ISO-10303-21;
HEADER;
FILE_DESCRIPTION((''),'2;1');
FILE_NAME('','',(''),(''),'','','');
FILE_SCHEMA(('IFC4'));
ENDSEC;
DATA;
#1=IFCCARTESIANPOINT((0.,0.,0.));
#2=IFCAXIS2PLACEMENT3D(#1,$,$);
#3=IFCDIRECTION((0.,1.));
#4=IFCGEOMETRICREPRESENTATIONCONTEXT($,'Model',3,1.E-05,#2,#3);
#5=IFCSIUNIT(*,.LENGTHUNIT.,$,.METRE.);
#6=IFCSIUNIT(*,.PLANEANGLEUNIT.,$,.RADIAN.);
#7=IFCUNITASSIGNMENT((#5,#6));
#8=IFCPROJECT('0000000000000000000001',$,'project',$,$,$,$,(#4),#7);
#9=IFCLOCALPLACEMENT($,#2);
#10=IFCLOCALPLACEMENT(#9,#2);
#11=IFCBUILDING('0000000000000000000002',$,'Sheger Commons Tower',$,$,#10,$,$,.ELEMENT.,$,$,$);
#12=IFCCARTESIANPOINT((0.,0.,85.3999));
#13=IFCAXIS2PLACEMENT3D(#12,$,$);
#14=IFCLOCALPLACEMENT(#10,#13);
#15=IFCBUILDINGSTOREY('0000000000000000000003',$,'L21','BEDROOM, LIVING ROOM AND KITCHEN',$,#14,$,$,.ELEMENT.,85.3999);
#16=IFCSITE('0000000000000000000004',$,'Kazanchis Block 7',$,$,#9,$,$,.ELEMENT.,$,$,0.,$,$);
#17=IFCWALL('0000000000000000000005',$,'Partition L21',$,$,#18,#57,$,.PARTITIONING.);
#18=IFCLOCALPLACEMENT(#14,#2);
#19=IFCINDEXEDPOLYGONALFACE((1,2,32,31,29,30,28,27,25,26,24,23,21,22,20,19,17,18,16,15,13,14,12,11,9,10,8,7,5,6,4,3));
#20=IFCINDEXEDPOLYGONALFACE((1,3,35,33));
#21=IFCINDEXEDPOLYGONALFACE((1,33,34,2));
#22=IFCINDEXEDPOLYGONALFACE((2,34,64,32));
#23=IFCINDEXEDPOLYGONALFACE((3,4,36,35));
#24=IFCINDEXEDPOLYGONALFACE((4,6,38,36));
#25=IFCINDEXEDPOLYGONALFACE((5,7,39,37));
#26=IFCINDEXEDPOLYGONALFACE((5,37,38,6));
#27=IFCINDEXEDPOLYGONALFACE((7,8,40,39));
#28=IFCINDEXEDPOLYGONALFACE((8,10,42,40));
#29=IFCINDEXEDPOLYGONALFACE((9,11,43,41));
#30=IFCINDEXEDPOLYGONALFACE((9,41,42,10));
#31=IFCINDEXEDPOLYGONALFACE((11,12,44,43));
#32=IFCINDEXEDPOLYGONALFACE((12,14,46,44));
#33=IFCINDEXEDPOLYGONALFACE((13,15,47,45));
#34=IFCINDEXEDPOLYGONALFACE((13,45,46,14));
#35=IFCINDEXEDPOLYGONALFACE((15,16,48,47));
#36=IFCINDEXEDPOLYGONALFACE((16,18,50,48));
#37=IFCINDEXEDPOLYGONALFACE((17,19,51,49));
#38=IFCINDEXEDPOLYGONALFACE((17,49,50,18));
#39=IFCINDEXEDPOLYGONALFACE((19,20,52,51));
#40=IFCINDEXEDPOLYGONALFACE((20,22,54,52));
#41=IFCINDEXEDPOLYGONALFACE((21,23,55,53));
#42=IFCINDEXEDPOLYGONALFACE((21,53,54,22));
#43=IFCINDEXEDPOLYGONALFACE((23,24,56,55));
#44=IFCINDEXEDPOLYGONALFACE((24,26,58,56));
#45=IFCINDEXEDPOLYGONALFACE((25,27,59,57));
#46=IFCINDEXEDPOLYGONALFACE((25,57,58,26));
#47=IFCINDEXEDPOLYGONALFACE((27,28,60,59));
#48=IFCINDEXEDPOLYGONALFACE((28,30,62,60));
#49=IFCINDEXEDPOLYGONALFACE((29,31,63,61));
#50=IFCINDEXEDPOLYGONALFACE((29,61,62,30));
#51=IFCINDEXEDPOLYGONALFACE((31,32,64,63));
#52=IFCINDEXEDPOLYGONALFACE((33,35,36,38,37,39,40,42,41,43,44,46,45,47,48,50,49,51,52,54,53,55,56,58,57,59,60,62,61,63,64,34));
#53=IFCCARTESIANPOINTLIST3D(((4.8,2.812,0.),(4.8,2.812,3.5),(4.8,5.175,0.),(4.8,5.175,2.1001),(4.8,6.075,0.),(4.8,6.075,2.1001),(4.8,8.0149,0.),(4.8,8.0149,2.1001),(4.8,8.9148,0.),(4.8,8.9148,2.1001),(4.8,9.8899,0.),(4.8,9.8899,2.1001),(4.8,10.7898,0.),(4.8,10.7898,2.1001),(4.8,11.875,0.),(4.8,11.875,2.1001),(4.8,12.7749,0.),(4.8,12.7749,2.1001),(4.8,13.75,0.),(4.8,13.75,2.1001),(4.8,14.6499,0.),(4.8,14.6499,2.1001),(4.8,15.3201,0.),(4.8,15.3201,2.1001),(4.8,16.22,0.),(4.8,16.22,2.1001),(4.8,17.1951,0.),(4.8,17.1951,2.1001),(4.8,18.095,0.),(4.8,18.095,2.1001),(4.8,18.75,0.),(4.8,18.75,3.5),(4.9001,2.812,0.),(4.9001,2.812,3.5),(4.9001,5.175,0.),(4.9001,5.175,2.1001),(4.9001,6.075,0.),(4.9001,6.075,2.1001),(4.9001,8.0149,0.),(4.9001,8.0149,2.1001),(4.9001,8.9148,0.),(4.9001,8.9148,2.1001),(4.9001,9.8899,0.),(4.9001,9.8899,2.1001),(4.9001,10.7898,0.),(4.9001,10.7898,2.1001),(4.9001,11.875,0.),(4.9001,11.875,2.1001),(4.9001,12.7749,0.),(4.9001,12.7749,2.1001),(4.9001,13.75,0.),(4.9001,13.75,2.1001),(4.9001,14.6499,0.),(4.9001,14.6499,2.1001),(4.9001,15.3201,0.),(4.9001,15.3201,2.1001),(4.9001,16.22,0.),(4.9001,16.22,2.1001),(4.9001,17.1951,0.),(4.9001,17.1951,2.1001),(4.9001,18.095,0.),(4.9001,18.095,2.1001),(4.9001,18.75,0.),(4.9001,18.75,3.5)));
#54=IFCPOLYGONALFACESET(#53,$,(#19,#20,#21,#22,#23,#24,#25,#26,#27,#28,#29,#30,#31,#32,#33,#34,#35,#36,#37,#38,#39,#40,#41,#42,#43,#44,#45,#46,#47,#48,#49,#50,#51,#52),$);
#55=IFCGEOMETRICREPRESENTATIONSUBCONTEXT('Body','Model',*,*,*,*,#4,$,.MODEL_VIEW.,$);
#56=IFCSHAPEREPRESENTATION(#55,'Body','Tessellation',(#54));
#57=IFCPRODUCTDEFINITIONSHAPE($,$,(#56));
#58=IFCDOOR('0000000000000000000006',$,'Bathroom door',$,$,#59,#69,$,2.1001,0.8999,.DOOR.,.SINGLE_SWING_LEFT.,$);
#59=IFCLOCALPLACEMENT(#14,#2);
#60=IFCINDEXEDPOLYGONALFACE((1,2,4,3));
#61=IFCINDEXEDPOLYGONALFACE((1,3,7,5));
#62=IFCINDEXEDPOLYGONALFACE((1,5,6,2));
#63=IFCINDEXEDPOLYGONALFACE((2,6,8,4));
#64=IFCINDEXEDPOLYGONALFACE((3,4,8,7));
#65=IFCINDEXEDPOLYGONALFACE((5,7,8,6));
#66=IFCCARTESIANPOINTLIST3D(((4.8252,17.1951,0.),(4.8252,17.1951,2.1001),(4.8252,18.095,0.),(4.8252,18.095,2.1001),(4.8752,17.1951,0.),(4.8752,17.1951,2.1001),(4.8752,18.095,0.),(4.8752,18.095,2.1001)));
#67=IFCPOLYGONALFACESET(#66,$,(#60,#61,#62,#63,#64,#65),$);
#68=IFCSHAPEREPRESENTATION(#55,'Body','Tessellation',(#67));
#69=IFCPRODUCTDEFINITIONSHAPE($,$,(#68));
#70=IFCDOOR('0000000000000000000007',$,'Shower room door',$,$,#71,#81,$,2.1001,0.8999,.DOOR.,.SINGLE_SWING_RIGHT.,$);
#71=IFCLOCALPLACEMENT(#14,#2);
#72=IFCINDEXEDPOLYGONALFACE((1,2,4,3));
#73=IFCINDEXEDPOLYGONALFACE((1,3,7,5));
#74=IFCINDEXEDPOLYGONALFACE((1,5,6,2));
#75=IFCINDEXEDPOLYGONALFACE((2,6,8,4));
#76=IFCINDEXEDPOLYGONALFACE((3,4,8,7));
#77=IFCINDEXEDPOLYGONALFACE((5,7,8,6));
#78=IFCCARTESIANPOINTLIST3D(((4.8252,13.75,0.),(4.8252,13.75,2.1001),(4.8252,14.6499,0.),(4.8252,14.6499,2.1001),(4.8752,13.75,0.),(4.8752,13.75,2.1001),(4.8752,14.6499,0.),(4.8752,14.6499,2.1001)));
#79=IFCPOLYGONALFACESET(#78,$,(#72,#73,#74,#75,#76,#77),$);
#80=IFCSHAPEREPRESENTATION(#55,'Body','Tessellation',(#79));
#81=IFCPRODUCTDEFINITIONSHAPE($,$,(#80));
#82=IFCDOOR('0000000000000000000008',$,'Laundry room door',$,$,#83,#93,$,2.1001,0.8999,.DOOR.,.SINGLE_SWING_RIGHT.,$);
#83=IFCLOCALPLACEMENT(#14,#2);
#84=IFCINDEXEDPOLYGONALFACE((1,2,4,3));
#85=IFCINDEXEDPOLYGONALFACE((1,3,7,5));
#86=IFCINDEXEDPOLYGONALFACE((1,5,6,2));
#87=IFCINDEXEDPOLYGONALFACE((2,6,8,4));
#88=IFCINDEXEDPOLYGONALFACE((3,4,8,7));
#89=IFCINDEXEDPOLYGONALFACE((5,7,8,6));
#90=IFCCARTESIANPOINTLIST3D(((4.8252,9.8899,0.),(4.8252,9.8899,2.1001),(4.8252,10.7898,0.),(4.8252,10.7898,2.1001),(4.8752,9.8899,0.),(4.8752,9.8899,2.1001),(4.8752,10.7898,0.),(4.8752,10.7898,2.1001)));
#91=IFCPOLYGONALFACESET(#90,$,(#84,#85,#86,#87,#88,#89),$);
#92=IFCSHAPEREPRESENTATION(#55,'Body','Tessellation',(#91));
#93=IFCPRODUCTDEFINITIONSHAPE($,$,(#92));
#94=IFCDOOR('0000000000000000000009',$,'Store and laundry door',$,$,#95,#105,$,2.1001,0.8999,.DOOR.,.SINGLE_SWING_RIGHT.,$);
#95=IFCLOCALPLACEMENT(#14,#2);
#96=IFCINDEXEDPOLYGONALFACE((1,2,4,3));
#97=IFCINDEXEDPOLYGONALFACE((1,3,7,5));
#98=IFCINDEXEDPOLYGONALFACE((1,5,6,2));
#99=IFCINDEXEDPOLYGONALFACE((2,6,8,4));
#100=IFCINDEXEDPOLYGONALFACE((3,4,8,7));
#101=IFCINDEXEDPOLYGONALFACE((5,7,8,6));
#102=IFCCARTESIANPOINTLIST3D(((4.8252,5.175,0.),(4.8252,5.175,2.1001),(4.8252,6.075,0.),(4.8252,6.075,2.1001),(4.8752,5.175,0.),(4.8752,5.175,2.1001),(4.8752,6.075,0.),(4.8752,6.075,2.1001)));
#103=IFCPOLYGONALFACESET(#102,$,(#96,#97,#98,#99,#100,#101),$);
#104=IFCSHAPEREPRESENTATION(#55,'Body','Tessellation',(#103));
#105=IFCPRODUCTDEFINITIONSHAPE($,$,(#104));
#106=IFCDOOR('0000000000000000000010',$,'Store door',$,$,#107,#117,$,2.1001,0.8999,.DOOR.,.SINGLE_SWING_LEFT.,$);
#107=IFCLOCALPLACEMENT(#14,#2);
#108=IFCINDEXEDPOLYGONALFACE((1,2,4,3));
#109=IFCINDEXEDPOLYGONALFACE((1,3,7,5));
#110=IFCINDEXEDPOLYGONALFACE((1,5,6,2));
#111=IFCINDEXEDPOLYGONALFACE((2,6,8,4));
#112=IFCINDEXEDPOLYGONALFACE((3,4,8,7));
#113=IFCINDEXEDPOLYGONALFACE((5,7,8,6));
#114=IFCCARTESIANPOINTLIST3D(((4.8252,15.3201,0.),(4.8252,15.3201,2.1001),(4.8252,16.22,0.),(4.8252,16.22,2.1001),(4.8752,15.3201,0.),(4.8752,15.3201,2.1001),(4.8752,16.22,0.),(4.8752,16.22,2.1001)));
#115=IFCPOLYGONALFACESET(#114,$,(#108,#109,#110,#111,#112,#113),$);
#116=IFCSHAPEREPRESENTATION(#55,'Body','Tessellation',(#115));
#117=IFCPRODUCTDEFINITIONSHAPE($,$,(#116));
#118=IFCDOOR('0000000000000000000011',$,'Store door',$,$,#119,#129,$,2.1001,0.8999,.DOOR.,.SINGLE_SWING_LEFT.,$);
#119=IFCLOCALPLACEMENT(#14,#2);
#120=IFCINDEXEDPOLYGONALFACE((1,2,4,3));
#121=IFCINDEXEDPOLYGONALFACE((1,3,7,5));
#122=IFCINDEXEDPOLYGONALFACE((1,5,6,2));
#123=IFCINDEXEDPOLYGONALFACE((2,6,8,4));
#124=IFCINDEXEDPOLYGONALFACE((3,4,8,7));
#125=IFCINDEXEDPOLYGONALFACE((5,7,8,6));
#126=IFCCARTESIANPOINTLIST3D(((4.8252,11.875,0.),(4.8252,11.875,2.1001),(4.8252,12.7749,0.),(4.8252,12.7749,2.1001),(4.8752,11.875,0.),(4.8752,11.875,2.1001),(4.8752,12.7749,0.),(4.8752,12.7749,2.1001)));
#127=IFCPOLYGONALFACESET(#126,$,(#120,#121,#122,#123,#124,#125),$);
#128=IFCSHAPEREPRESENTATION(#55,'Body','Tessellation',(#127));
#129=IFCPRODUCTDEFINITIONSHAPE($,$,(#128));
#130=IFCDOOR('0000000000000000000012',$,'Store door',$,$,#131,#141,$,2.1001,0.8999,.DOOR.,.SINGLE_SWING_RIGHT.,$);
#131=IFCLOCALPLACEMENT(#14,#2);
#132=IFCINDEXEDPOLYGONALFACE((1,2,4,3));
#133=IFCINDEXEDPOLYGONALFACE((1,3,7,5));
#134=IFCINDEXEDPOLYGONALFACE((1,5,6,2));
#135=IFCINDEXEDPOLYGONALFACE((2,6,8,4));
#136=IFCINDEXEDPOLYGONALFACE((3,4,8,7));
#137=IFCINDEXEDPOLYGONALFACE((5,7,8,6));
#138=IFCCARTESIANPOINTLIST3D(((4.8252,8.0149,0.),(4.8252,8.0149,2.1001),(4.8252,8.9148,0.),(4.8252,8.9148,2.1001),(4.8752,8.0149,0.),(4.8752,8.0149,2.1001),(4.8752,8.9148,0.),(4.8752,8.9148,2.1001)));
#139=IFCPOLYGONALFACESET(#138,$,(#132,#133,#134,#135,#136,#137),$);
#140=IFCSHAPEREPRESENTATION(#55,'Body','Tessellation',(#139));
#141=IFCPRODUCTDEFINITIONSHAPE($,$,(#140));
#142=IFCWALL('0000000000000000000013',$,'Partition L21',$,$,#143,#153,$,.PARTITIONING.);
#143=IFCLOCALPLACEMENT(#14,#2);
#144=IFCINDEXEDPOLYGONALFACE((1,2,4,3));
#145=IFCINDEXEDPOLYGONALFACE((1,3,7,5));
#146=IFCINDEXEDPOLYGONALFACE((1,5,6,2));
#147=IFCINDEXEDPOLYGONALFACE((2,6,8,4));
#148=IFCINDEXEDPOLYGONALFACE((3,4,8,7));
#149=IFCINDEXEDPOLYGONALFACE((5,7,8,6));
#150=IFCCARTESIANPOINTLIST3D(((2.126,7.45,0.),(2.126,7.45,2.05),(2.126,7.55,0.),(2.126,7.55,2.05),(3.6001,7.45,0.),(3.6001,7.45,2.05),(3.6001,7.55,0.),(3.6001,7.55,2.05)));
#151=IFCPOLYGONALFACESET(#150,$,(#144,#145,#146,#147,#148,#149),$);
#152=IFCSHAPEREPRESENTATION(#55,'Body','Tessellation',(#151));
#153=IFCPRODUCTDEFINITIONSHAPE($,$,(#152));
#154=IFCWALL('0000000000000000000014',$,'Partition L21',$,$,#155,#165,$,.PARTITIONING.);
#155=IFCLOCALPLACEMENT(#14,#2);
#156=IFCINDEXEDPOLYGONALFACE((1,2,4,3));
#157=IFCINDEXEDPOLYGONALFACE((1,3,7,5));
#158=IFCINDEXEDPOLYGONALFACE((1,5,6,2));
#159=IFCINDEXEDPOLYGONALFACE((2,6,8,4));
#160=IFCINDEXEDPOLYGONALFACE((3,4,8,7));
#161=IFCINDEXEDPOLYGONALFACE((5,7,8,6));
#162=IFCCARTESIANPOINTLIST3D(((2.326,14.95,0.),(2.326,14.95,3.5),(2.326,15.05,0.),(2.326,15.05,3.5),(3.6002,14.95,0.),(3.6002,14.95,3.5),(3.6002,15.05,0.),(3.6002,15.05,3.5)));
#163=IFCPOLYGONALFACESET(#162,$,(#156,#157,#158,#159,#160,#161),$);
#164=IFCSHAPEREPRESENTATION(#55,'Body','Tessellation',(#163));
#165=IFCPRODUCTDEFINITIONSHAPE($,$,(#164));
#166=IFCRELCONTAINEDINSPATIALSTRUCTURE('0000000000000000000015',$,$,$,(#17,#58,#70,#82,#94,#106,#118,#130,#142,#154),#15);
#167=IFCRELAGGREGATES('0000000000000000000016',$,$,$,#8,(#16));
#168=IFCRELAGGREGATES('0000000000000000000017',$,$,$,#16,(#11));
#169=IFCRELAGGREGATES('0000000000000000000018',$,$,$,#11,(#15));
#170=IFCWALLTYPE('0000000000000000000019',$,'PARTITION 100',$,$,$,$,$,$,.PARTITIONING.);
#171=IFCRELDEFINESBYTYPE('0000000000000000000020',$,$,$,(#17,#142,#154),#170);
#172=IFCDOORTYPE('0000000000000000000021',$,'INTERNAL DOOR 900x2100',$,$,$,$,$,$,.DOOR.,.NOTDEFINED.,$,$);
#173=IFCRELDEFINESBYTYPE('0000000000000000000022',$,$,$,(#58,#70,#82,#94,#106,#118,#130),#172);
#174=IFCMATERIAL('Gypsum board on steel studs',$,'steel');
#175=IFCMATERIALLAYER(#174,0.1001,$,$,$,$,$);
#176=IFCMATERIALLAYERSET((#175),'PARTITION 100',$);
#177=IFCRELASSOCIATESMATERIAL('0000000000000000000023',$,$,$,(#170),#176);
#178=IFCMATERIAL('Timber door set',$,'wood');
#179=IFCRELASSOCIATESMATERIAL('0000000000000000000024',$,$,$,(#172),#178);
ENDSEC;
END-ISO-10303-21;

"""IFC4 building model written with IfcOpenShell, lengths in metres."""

from ifc_helpers import new_model, si_unit, direction, frame, frame_2d, origin, place, context, subcontext, project, spatial, rectangle, extrude, material, layer, layer_set, type_object, element, fill, save


model = new_model("IFC4")

# Units and contexts
model_context = context("Model", 3, precision=1e-05, world=origin(), true_north=direction((0.0, 1.0)))
body_context = subcontext(model_context, "Body", "Model", "MODEL_VIEW")
ifc_project = project(units=[si_unit("LENGTHUNIT", "METRE"), si_unit("PLANEANGLEUNIT", "RADIAN")], contexts=[model_context])

# Site, building, storey
site_placement = place(None, origin())
site = spatial("IfcSite", under=ifc_project, at=site_placement, Name="Kazanchis Block 7", CompositionType="ELEMENT", RefElevation=0.0)
building_placement = place(site_placement, origin())
building = spatial("IfcBuilding", under=site, at=building_placement, Name="Sheger Commons Tower", CompositionType="ELEMENT")
storey_placement = place(building_placement, frame((0.0, 0.0, 85.3999)))
storey = spatial("IfcBuildingStorey", under=building, at=storey_placement, Name="L21", Description="BEDROOM, LIVING ROOM AND KITCHEN", CompositionType="ELEMENT", Elevation=85.3999)

# Wall, openings, doors
ifc_material_1 = material(Name="Gypsum board on steel studs", Category="steel")
ifc_layer = layer(ifc_material_1, 0.1001)
ifc_layer_set = layer_set([ifc_layer], Name="PARTITION 100")
wall_type = type_object("IfcWallType", Name="PARTITION 100", PredefinedType="PARTITIONING", material=ifc_layer_set)
ifc_material_2 = material(Name="Timber door set", Category="wood")
door_type = type_object("IfcDoorType", Name="INTERNAL DOOR 900x2100", OperationType="NOTDEFINED", PredefinedType="DOOR", material=ifc_material_2)
wall_1_placement = place(storey_placement, frame((4.8501, 2.812, 0.0), z_axis=(0.0, 0.0, 1.0), x_axis=(0.0, 1.0, 0.0)))
wall_1 = element("IfcWall", 1, at=wall_1_placement, inside=storey, type_object=wall_type, Name="Partition L21", PredefinedType="PARTITIONING", context=body_context, shape_type="SweptSolid", body=[
    extrude(rectangle(XDim=15.938, YDim=0.1001, at=frame_2d((7.969, 0.0))), origin(), (0.0, 0.0, 1.0), 3.5),
])
opening_1_placement = place(wall_1_placement, frame((14.3831, 0.0, 0.0)))
opening_1 = element("IfcOpeningElement", 2, at=opening_1_placement, cuts=wall_1, PredefinedType="OPENING", context=body_context, shape_type="SweptSolid", body=[
    extrude(rectangle(XDim=0.8999, YDim=2.1001, at=frame_2d((0.45, 1.05))), frame((0.0, 0.0601, 0.0), z_axis=(0.0, -1.0, 0.0), x_axis=(1.0, 0.0, 0.0)), (0.0, 0.0, 1.0), 0.1201),
])
opening_2_placement = place(wall_1_placement, frame((10.938, 0.0, 0.0)))
opening_2 = element("IfcOpeningElement", 3, at=opening_2_placement, cuts=wall_1, PredefinedType="OPENING", context=body_context, shape_type="SweptSolid", body=[
    extrude(rectangle(XDim=0.8999, YDim=2.1001, at=frame_2d((0.45, 1.05))), frame((0.0, 0.0601, 0.0), z_axis=(0.0, -1.0, 0.0), x_axis=(1.0, 0.0, 0.0)), (0.0, 0.0, 1.0), 0.1201),
])
opening_3_placement = place(wall_1_placement, frame((7.0779, 0.0, 0.0)))
opening_3 = element("IfcOpeningElement", 4, at=opening_3_placement, cuts=wall_1, PredefinedType="OPENING", context=body_context, shape_type="SweptSolid", body=[
    extrude(rectangle(XDim=0.8999, YDim=2.1001, at=frame_2d((0.45, 1.05))), frame((0.0, 0.0601, 0.0), z_axis=(0.0, -1.0, 0.0), x_axis=(1.0, 0.0, 0.0)), (0.0, 0.0, 1.0), 0.1201),
])
opening_4_placement = place(wall_1_placement, frame((2.363, 0.0, 0.0)))
opening_4 = element("IfcOpeningElement", 5, at=opening_4_placement, cuts=wall_1, PredefinedType="OPENING", context=body_context, shape_type="SweptSolid", body=[
    extrude(rectangle(XDim=0.8999, YDim=2.1001, at=frame_2d((0.45, 1.05))), frame((0.0, 0.0601, 0.0), z_axis=(0.0, -1.0, 0.0), x_axis=(1.0, 0.0, 0.0)), (0.0, 0.0, 1.0), 0.1201),
])
opening_5_placement = place(wall_1_placement, frame((12.5081, 0.0, 0.0)))
opening_5 = element("IfcOpeningElement", 6, at=opening_5_placement, cuts=wall_1, PredefinedType="OPENING", context=body_context, shape_type="SweptSolid", body=[
    extrude(rectangle(XDim=0.8999, YDim=2.1001, at=frame_2d((0.45, 1.05))), frame((0.0, 0.0601, 0.0), z_axis=(0.0, -1.0, 0.0), x_axis=(1.0, 0.0, 0.0)), (0.0, 0.0, 1.0), 0.1201),
])
opening_6_placement = place(wall_1_placement, frame((9.063, 0.0, 0.0)))
opening_6 = element("IfcOpeningElement", 7, at=opening_6_placement, cuts=wall_1, PredefinedType="OPENING", context=body_context, shape_type="SweptSolid", body=[
    extrude(rectangle(XDim=0.8999, YDim=2.1001, at=frame_2d((0.45, 1.05))), frame((0.0, 0.0601, 0.0), z_axis=(0.0, -1.0, 0.0), x_axis=(1.0, 0.0, 0.0)), (0.0, 0.0, 1.0), 0.1201),
])
opening_7_placement = place(wall_1_placement, frame((5.2029, 0.0, 0.0)))
opening_7 = element("IfcOpeningElement", 8, at=opening_7_placement, cuts=wall_1, PredefinedType="OPENING", context=body_context, shape_type="SweptSolid", body=[
    extrude(rectangle(XDim=0.8999, YDim=2.1001, at=frame_2d((0.45, 1.05))), frame((0.0, 0.0601, 0.0), z_axis=(0.0, -1.0, 0.0), x_axis=(1.0, 0.0, 0.0)), (0.0, 0.0, 1.0), 0.1201),
])
door_1_placement = place(opening_1_placement, origin())
door_1 = element("IfcDoor", 9, at=door_1_placement, inside=storey, type_object=door_type, Name="Bathroom door", OperationType="SINGLE_SWING_LEFT", OverallHeight=2.1001, OverallWidth=0.8999, PredefinedType="DOOR", context=body_context, shape_type="SweptSolid", body=[
    extrude(rectangle(XDim=0.8999, YDim=2.1001, at=frame_2d((0.45, 1.05))), frame((0.0, 0.0249, 0.0), z_axis=(0.0, -1.0, 0.0), x_axis=(1.0, 0.0, 0.0)), (0.0, 0.0, 1.0), 0.05),
])
fill(opening_1, door_1)
door_2_placement = place(opening_2_placement, origin())
door_2 = element("IfcDoor", 10, at=door_2_placement, inside=storey, type_object=door_type, Name="Shower room door", OperationType="SINGLE_SWING_RIGHT", OverallHeight=2.1001, OverallWidth=0.8999, PredefinedType="DOOR", context=body_context, shape_type="SweptSolid", body=[
    extrude(rectangle(XDim=0.8999, YDim=2.1001, at=frame_2d((0.45, 1.05))), frame((0.0, 0.0249, 0.0), z_axis=(0.0, -1.0, 0.0), x_axis=(1.0, 0.0, 0.0)), (0.0, 0.0, 1.0), 0.05),
])
fill(opening_2, door_2)
door_3_placement = place(opening_3_placement, origin())
door_3 = element("IfcDoor", 11, at=door_3_placement, inside=storey, type_object=door_type, Name="Laundry room door", OperationType="SINGLE_SWING_RIGHT", OverallHeight=2.1001, OverallWidth=0.8999, PredefinedType="DOOR", context=body_context, shape_type="SweptSolid", body=[
    extrude(rectangle(XDim=0.8999, YDim=2.1001, at=frame_2d((0.45, 1.05))), frame((0.0, 0.0249, 0.0), z_axis=(0.0, -1.0, 0.0), x_axis=(1.0, 0.0, 0.0)), (0.0, 0.0, 1.0), 0.05),
])
fill(opening_3, door_3)
door_4_placement = place(opening_4_placement, origin())
door_4 = element("IfcDoor", 12, at=door_4_placement, inside=storey, type_object=door_type, Name="Store and laundry door", OperationType="SINGLE_SWING_RIGHT", OverallHeight=2.1001, OverallWidth=0.8999, PredefinedType="DOOR", context=body_context, shape_type="SweptSolid", body=[
    extrude(rectangle(XDim=0.8999, YDim=2.1001, at=frame_2d((0.45, 1.05))), frame((0.0, 0.0249, 0.0), z_axis=(0.0, -1.0, 0.0), x_axis=(1.0, 0.0, 0.0)), (0.0, 0.0, 1.0), 0.05),
])
fill(opening_4, door_4)
door_5_placement = place(opening_5_placement, origin())
door_5 = element("IfcDoor", 13, at=door_5_placement, inside=storey, type_object=door_type, Name="Store door", OperationType="SINGLE_SWING_LEFT", OverallHeight=2.1001, OverallWidth=0.8999, PredefinedType="DOOR", context=body_context, shape_type="SweptSolid", body=[
    extrude(rectangle(XDim=0.8999, YDim=2.1001, at=frame_2d((0.45, 1.05))), frame((0.0, 0.0249, 0.0), z_axis=(0.0, -1.0, 0.0), x_axis=(1.0, 0.0, 0.0)), (0.0, 0.0, 1.0), 0.05),
])
fill(opening_5, door_5)
door_6_placement = place(opening_6_placement, origin())
door_6 = element("IfcDoor", 14, at=door_6_placement, inside=storey, type_object=door_type, Name="Store door", OperationType="SINGLE_SWING_LEFT", OverallHeight=2.1001, OverallWidth=0.8999, PredefinedType="DOOR", context=body_context, shape_type="SweptSolid", body=[
    extrude(rectangle(XDim=0.8999, YDim=2.1001, at=frame_2d((0.45, 1.05))), frame((0.0, 0.0249, 0.0), z_axis=(0.0, -1.0, 0.0), x_axis=(1.0, 0.0, 0.0)), (0.0, 0.0, 1.0), 0.05),
])
fill(opening_6, door_6)
door_7_placement = place(opening_7_placement, origin())
door_7 = element("IfcDoor", 15, at=door_7_placement, inside=storey, type_object=door_type, Name="Store door", OperationType="SINGLE_SWING_RIGHT", OverallHeight=2.1001, OverallWidth=0.8999, PredefinedType="DOOR", context=body_context, shape_type="SweptSolid", body=[
    extrude(rectangle(XDim=0.8999, YDim=2.1001, at=frame_2d((0.45, 1.05))), frame((0.0, 0.0249, 0.0), z_axis=(0.0, -1.0, 0.0), x_axis=(1.0, 0.0, 0.0)), (0.0, 0.0, 1.0), 0.05),
])
fill(opening_7, door_7)

# Walls
wall_2_placement = place(storey_placement, frame((2.126, 7.5, 0.0), z_axis=(0.0, 0.0, 1.0), x_axis=(1.0, 0.0, 0.0)))
element("IfcWall", 16, at=wall_2_placement, inside=storey, type_object=wall_type, Name="Partition L21", PredefinedType="PARTITIONING", context=body_context, shape_type="SweptSolid", body=[
    extrude(rectangle(XDim=1.4741, YDim=0.1001, at=frame_2d((0.7371, 0.0))), origin(), (0.0, 0.0, 1.0), 2.05),
])
wall_3_placement = place(storey_placement, frame((2.3259, 15.0, 0.0), z_axis=(0.0, 0.0, 1.0), x_axis=(1.0, 0.0, 0.0)))
element("IfcWall", 17, at=wall_3_placement, inside=storey, type_object=wall_type, Name="Partition L21", PredefinedType="PARTITIONING", context=body_context, shape_type="SweptSolid", body=[
    extrude(rectangle(XDim=1.2742, YDim=0.1001, at=frame_2d((0.6372, 0.0))), origin(), (0.0, 0.0, 1.0), 3.5),
])

save(model, "model.ifc")
